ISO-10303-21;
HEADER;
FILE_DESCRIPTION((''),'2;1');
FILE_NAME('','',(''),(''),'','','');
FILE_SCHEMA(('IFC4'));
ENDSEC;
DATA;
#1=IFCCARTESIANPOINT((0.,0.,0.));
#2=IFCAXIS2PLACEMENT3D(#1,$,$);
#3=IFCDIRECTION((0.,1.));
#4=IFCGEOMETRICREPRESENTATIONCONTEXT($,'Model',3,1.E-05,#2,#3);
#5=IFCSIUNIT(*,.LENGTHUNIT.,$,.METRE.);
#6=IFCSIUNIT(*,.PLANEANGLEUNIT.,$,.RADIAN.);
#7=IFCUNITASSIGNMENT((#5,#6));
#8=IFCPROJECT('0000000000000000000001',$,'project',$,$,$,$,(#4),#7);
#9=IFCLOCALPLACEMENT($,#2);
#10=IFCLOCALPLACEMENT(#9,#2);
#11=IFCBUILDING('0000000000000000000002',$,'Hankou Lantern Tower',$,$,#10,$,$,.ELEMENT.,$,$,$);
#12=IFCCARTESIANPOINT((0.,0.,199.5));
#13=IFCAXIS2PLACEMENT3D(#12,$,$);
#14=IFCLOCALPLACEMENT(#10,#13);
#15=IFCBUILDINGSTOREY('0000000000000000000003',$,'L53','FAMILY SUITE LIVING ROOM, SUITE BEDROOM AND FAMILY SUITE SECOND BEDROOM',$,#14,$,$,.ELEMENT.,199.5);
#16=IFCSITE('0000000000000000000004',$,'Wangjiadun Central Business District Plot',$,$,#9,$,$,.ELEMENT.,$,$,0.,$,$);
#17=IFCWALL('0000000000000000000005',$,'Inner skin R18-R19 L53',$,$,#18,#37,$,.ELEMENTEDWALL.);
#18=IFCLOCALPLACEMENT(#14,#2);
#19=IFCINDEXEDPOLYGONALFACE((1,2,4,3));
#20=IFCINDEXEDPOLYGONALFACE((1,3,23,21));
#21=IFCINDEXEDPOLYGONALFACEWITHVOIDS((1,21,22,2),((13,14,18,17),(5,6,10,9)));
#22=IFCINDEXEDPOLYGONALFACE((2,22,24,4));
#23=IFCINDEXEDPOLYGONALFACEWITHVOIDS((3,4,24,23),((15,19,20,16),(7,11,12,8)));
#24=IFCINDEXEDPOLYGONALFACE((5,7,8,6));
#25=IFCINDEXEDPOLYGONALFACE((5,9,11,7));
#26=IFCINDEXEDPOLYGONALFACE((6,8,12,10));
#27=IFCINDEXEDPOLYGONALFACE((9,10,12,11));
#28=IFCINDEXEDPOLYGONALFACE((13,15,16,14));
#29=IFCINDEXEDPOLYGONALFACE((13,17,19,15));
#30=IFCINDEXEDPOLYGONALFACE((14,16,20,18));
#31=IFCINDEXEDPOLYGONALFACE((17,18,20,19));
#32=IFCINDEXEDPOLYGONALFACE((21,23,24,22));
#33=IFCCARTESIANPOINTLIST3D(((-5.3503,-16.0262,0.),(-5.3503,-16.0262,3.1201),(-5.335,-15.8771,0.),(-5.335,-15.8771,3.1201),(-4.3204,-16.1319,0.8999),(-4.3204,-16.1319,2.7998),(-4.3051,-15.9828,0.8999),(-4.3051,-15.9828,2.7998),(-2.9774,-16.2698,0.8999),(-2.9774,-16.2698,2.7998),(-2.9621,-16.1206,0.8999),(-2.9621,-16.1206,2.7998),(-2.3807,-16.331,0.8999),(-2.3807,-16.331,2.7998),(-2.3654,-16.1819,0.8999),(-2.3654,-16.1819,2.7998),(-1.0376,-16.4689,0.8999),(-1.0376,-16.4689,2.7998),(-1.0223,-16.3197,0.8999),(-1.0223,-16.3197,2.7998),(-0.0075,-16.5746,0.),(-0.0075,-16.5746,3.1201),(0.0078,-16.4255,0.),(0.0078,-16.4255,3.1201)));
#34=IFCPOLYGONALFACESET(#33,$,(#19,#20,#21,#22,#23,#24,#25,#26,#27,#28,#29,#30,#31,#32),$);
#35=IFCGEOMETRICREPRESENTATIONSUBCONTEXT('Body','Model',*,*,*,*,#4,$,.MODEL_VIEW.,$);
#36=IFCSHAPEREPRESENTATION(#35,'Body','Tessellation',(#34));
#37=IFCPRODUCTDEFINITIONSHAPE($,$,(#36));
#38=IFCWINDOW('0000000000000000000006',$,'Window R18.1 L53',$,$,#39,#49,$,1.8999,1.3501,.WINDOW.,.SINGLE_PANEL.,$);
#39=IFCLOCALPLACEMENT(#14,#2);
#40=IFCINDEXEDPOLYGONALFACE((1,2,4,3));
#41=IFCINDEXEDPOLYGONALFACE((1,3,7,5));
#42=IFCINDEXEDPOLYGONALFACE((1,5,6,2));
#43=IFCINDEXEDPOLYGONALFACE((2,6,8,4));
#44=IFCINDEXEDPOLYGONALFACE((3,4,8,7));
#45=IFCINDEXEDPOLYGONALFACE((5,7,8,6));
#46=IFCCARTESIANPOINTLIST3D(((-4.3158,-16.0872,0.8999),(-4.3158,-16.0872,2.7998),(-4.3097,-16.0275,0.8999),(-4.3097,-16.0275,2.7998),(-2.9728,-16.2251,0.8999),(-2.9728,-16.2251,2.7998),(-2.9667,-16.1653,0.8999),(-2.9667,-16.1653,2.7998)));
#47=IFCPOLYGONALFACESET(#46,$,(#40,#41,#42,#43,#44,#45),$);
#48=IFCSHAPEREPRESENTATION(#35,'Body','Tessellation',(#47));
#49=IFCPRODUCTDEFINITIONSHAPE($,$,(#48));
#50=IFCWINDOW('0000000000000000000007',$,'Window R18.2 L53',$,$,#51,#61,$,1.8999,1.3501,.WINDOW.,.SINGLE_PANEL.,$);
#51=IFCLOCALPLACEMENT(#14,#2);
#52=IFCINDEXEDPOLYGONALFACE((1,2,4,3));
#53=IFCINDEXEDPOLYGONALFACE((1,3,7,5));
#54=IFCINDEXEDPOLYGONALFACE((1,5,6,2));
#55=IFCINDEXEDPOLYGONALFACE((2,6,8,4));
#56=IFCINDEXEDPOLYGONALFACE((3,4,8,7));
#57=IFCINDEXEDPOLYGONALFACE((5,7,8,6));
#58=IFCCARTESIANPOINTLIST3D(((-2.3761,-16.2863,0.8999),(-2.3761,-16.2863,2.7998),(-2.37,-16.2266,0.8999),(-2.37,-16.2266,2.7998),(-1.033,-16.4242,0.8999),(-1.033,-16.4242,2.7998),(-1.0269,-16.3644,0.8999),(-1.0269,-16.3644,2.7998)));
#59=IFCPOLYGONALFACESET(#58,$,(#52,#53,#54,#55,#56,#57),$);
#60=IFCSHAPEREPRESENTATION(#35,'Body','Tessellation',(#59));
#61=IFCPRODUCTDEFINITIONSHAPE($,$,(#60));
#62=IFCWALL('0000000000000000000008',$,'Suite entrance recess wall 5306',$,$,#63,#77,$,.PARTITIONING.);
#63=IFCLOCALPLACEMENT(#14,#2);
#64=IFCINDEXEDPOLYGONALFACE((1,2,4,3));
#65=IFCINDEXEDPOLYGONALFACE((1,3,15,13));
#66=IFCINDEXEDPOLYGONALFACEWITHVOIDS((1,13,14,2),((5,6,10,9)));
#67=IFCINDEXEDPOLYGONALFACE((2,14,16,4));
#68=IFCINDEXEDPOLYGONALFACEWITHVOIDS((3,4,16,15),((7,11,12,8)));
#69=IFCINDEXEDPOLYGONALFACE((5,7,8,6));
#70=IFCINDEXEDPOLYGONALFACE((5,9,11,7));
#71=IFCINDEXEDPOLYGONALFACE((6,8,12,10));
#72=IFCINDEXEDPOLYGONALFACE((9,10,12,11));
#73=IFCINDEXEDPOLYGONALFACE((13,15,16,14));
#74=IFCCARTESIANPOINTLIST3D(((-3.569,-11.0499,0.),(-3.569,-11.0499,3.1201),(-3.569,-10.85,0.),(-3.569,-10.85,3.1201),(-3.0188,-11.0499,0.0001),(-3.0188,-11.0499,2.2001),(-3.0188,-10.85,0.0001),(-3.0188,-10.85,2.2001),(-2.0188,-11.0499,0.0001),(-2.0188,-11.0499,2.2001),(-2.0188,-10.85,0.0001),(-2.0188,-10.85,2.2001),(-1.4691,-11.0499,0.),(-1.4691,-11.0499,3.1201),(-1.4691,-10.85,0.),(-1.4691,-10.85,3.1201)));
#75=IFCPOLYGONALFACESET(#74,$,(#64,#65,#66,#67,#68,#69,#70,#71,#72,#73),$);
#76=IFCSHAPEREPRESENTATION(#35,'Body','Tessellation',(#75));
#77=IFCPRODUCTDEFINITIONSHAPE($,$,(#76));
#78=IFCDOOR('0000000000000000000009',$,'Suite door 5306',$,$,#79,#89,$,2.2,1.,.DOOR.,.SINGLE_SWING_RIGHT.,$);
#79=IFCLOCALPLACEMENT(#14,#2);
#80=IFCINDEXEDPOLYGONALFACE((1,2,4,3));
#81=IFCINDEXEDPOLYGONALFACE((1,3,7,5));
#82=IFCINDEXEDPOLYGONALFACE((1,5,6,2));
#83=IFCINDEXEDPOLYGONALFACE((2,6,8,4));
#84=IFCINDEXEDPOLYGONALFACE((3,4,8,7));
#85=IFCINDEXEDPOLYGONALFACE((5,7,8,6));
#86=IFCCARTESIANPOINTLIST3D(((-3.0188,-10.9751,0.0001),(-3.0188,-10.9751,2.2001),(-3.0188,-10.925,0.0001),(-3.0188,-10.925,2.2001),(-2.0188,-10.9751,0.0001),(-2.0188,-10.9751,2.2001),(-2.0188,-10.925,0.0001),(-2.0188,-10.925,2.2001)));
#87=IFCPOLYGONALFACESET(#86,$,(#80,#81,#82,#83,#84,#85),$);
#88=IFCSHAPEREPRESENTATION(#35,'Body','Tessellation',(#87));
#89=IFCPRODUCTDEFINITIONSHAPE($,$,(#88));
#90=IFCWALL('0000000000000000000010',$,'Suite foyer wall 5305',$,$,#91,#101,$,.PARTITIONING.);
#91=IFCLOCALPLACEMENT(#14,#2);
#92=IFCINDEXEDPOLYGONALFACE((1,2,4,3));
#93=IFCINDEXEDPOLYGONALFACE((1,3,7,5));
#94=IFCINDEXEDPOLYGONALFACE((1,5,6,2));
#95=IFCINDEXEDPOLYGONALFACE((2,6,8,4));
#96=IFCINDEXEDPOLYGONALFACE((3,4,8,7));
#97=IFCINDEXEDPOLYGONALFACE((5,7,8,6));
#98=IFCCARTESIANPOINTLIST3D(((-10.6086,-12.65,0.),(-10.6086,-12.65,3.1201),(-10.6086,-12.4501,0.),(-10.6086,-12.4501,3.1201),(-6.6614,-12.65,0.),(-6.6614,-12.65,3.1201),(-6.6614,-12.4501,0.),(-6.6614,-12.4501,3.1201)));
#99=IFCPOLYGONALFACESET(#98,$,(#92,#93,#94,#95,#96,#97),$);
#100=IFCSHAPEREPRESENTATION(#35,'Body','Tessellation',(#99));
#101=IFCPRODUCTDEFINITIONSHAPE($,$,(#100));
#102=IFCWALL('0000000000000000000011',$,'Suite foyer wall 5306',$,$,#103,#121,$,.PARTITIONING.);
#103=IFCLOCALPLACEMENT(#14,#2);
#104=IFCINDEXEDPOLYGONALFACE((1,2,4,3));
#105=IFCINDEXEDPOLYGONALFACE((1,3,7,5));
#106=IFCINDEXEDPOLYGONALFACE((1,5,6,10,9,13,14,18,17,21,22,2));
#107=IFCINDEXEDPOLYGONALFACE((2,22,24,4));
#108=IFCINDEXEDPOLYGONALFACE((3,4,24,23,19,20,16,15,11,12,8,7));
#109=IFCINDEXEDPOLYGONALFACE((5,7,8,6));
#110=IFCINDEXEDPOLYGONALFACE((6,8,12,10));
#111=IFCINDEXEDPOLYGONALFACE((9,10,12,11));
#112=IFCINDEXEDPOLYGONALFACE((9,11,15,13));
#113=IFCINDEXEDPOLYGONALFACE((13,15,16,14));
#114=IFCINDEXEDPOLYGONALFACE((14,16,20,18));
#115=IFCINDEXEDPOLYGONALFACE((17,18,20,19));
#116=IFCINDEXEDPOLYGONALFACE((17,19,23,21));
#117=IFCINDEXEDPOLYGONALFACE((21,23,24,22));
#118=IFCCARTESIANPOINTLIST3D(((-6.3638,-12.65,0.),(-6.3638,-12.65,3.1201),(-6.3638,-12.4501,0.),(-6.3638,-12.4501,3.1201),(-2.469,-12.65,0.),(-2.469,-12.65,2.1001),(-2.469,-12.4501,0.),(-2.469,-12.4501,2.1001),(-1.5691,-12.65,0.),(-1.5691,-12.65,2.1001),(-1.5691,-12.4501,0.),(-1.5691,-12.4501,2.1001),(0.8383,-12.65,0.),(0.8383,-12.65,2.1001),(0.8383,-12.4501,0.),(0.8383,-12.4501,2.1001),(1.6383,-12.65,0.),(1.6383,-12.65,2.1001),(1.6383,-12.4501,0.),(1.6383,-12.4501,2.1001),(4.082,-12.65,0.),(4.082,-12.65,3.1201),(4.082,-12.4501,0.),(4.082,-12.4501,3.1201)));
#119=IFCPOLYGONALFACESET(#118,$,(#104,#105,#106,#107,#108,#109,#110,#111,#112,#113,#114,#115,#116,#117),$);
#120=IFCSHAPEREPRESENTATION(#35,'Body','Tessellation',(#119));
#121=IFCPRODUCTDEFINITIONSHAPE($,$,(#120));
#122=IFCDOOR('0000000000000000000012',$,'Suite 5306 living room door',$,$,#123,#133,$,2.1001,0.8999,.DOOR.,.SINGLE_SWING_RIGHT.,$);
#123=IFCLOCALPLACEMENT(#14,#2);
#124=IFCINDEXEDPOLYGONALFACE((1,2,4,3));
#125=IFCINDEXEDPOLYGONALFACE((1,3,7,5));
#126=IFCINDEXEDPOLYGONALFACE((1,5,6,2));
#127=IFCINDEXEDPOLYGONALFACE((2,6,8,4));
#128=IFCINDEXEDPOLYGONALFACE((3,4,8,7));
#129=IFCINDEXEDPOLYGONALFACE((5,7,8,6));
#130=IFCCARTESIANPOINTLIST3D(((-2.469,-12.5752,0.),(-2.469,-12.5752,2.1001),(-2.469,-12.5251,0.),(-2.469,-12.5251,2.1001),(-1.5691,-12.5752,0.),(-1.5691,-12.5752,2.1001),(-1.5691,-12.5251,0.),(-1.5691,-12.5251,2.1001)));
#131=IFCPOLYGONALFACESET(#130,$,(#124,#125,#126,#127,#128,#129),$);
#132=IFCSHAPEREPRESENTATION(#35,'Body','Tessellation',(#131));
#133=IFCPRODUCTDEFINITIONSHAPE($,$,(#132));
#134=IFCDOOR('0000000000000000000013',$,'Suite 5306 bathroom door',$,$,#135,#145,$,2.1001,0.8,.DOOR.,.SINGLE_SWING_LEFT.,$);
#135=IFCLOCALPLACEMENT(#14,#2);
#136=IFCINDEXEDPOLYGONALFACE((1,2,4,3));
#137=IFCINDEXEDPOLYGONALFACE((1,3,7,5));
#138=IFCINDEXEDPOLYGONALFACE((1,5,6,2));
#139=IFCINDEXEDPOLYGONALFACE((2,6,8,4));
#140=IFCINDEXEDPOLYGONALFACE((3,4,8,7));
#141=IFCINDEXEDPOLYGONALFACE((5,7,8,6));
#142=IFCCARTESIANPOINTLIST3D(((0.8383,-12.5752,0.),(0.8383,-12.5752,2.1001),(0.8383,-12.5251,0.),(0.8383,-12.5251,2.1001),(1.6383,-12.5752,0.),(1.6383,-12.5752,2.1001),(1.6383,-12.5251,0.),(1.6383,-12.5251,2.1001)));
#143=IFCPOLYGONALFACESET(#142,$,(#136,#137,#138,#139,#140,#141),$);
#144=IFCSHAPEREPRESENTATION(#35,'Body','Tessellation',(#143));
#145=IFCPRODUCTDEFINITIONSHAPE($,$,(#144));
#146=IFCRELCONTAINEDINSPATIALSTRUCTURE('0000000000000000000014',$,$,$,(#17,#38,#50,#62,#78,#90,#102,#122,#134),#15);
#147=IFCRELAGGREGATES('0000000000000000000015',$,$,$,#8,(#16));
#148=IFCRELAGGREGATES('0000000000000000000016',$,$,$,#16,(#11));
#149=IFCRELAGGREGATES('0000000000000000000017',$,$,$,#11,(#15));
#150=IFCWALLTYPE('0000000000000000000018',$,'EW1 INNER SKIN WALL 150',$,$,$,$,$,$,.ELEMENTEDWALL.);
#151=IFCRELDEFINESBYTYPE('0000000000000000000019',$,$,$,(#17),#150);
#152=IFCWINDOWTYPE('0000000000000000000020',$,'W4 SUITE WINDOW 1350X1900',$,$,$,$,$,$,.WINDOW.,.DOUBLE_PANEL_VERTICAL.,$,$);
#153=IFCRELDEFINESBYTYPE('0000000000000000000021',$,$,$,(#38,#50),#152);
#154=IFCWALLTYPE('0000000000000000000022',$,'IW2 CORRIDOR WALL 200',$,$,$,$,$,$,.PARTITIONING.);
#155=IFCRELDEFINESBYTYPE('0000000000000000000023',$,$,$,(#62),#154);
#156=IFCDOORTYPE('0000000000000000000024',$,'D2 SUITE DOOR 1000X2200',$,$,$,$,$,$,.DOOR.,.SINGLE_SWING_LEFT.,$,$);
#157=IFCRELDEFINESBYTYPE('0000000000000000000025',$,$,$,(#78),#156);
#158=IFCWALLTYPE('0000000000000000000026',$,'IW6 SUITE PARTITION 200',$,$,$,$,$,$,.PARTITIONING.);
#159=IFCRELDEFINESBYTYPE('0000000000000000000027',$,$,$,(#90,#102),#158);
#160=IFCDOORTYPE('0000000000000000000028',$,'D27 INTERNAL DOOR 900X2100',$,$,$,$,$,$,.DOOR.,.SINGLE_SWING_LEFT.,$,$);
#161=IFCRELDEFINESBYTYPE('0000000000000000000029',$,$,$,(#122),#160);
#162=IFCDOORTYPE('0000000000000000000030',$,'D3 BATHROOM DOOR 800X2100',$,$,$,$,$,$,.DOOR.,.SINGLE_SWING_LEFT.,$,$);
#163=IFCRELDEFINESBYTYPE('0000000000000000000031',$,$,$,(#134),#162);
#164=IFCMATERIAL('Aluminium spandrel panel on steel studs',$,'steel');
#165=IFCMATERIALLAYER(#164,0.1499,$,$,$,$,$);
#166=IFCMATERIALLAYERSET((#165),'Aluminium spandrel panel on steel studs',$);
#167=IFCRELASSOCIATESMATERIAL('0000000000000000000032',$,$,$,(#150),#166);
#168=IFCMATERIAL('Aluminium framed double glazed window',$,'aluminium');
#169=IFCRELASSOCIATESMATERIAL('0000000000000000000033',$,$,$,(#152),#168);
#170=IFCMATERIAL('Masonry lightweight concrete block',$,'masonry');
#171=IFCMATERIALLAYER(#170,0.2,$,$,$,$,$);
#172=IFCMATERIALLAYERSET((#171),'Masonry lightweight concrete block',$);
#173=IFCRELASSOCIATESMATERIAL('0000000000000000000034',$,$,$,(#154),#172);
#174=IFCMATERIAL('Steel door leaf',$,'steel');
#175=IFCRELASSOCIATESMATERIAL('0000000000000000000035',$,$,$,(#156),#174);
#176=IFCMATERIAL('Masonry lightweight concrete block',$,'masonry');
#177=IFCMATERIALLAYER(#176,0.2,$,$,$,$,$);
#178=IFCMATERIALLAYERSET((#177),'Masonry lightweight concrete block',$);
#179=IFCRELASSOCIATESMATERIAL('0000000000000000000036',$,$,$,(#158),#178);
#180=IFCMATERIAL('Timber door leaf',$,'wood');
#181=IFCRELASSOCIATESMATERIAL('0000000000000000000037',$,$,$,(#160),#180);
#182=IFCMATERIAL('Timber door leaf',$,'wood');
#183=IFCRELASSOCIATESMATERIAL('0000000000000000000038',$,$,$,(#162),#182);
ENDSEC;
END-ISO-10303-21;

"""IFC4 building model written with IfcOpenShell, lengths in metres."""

from ifc_helpers import new_model, si_unit, direction, frame, frame_2d, origin, place, context, subcontext, project, spatial, rectangle, extrude, material, layer, layer_set, type_object, element, fill, save


model = new_model("IFC4")

# Units and contexts
model_context = context("Model", 3, precision=1e-05, world=origin(), true_north=direction((0.0, 1.0)))
body_context = subcontext(model_context, "Body", "Model", "MODEL_VIEW")
ifc_project = project(units=[si_unit("LENGTHUNIT", "METRE"), si_unit("PLANEANGLEUNIT", "RADIAN")], contexts=[model_context])

# Site, building, storey
site_placement = place(None, origin())
site = spatial("IfcSite", under=ifc_project, at=site_placement, Name="Wangjiadun Central Business District Plot", CompositionType="ELEMENT", RefElevation=0.0)
building_placement = place(site_placement, origin())
building = spatial("IfcBuilding", under=site, at=building_placement, Name="Hankou Lantern Tower", CompositionType="ELEMENT")
storey_placement = place(building_placement, frame((0.0, 0.0, 199.5)))
storey = spatial("IfcBuildingStorey", under=building, at=storey_placement, Name="L53", Description="FAMILY SUITE LIVING ROOM, SUITE BEDROOM AND FAMILY SUITE SECOND BEDROOM", CompositionType="ELEMENT", Elevation=199.5)

# Wall, openings, windows
ifc_material_1 = material(Name="Aluminium spandrel panel on steel studs", Category="steel")
ifc_layer_1 = layer(ifc_material_1, 0.1499)
ifc_layer_set_1 = layer_set([ifc_layer_1], Name="Aluminium spandrel panel on steel studs")
wall_type_1 = type_object("IfcWallType", Name="EW1 INNER SKIN WALL 150", PredefinedType="ELEMENTEDWALL", material=ifc_layer_set_1)
ifc_material_2 = material(Name="Aluminium framed double glazed window", Category="aluminium")
window_type = type_object("IfcWindowType", Name="W4 SUITE WINDOW 1350X1900", PartitioningType="DOUBLE_PANEL_VERTICAL", PredefinedType="WINDOW", material=ifc_material_2)
wall_1_placement = place(storey_placement, frame((-5.3428, -15.9517, 0.0), z_axis=(0.0, 0.0, 1.0), x_axis=(0.994775, -0.102096, 0.0)))
wall_1 = element("IfcWall", 1, at=wall_1_placement, inside=storey, type_object=wall_type_1, Name="Inner skin R18-R19 L53", PredefinedType="ELEMENTEDWALL", context=body_context, shape_type="SweptSolid", body=[
    extrude(rectangle(XDim=5.3708, YDim=0.1499, at=frame_2d((2.6855, 0.0))), origin(), (0.0, 0.0, 1.0), 3.1201),
])
opening_1_placement = place(wall_1_placement, frame((1.0354, 0.0, 0.8999)))
opening_1 = element("IfcOpeningElement", 2, at=opening_1_placement, cuts=wall_1, PredefinedType="OPENING", context=body_context, shape_type="SweptSolid", body=[
    extrude(rectangle(XDim=1.3501, YDim=1.8999, at=frame_2d((0.675, 0.95))), frame((0.0, 0.085, 0.0), z_axis=(0.0, -1.0, 0.0), x_axis=(1.0, 0.0, 0.0)), (0.0, 0.0, 1.0), 0.1699),
])
opening_2_placement = place(wall_1_placement, frame((2.9854, 0.0, 0.8999)))
opening_2 = element("IfcOpeningElement", 3, at=opening_2_placement, cuts=wall_1, PredefinedType="OPENING", context=body_context, shape_type="SweptSolid", body=[
    extrude(rectangle(XDim=1.3501, YDim=1.8999, at=frame_2d((0.675, 0.95))), frame((0.0, 0.085, 0.0), z_axis=(0.0, -1.0, 0.0), x_axis=(1.0, 0.0, 0.0)), (0.0, 0.0, 1.0), 0.1699),
])
window_1_placement = place(opening_1_placement, origin())
window_1 = element("IfcWindow", 4, at=window_1_placement, inside=storey, type_object=window_type, Name="Window R18.1 L53", OverallHeight=1.8999, OverallWidth=1.3501, PartitioningType="SINGLE_PANEL", PredefinedType="WINDOW", context=body_context, shape_type="SweptSolid", body=[
    extrude(rectangle(XDim=1.3501, YDim=1.8999, at=frame_2d((0.675, 0.95))), frame((0.0, 0.03, 0.0), z_axis=(0.0, -1.0, 0.0), x_axis=(1.0, 0.0, 0.0)), (0.0, 0.0, 1.0), 0.0601),
])
fill(opening_1, window_1)
window_2_placement = place(opening_2_placement, origin())
window_2 = element("IfcWindow", 5, at=window_2_placement, inside=storey, type_object=window_type, Name="Window R18.2 L53", OverallHeight=1.8999, OverallWidth=1.3501, PartitioningType="SINGLE_PANEL", PredefinedType="WINDOW", context=body_context, shape_type="SweptSolid", body=[
    extrude(rectangle(XDim=1.3501, YDim=1.8999, at=frame_2d((0.675, 0.95))), frame((0.0, 0.03, 0.0), z_axis=(0.0, -1.0, 0.0), x_axis=(1.0, 0.0, 0.0)), (0.0, 0.0, 1.0), 0.0601),
])
fill(opening_2, window_2)

# Wall, opening, door
ifc_material_3 = material(Name="Masonry lightweight concrete block", Category="masonry")
ifc_layer_2 = layer(ifc_material_3, 0.2)
ifc_layer_set_2 = layer_set([ifc_layer_2], Name="Masonry lightweight concrete block")
wall_type_2 = type_object("IfcWallType", Name="IW2 CORRIDOR WALL 200", PredefinedType="PARTITIONING", material=ifc_layer_set_2)
wall_2_placement = place(storey_placement, frame((-3.5688, -10.95, 0.0), z_axis=(0.0, 0.0, 1.0), x_axis=(1.0, 0.0, 0.0)))
wall_2 = element("IfcWall", 6, at=wall_2_placement, inside=storey, type_object=wall_type_2, Name="Suite entrance recess wall 5306", PredefinedType="PARTITIONING", context=body_context, shape_type="SweptSolid", body=[
    extrude(rectangle(XDim=2.0999, YDim=0.2, at=frame_2d((1.0498, 0.0))), origin(), (0.0, 0.0, 1.0), 3.1201),
])
opening_3_placement = place(wall_2_placement, frame((0.55, 0.0, 0.0)))
opening_3 = element("IfcOpeningElement", 7, at=opening_3_placement, cuts=wall_2, PredefinedType="OPENING", context=body_context, shape_type="SweptSolid", body=[
    extrude(rectangle(XDim=1.0, YDim=2.2, at=frame_2d((0.5, 1.1001))), frame((0.0, 0.1099, 0.0), z_axis=(0.0, -1.0, 0.0), x_axis=(1.0, 0.0, 0.0)), (0.0, 0.0, 1.0), 0.22),
])
ifc_material_4 = material(Name="Steel door leaf", Category="steel")
door_type_1 = type_object("IfcDoorType", Name="D2 SUITE DOOR 1000X2200", OperationType="SINGLE_SWING_LEFT", PredefinedType="DOOR", material=ifc_material_4)
door_1_placement = place(opening_3_placement, origin())
door_1 = element("IfcDoor", 8, at=door_1_placement, inside=storey, type_object=door_type_1, Name="Suite door 5306", OperationType="SINGLE_SWING_RIGHT", OverallHeight=2.2, OverallWidth=1.0, PredefinedType="DOOR", context=body_context, shape_type="SweptSolid", body=[
    extrude(rectangle(XDim=1.0, YDim=2.2, at=frame_2d((0.5, 1.1001))), frame((0.0, 0.0249, 0.0), z_axis=(0.0, -1.0, 0.0), x_axis=(1.0, 0.0, 0.0)), (0.0, 0.0, 1.0), 0.05),
])
fill(opening_3, door_1)

# Wall
ifc_material_5 = material(Name="Masonry lightweight concrete block", Category="masonry")
ifc_layer_3 = layer(ifc_material_5, 0.2)
ifc_layer_set_3 = layer_set([ifc_layer_3], Name="Masonry lightweight concrete block")
wall_type_3 = type_object("IfcWallType", Name="IW6 SUITE PARTITION 200", PredefinedType="PARTITIONING", material=ifc_layer_set_3)
wall_3_placement = place(storey_placement, frame((-10.6086, -12.55, 0.0), z_axis=(0.0, 0.0, 1.0), x_axis=(1.0, 0.0, 0.0)))
element("IfcWall", 9, at=wall_3_placement, inside=storey, type_object=wall_type_3, Name="Suite foyer wall 5305", PredefinedType="PARTITIONING", context=body_context, shape_type="SweptSolid", body=[
    extrude(rectangle(XDim=3.9473, YDim=0.2, at=frame_2d((1.9736, 0.0))), origin(), (0.0, 0.0, 1.0), 3.1201),
])

# Wall, openings, doors
wall_4_placement = place(storey_placement, frame((-6.3638, -12.55, 0.0), z_axis=(0.0, 0.0, 1.0), x_axis=(1.0, 0.0, 0.0)))
wall_4 = element("IfcWall", 10, at=wall_4_placement, inside=storey, type_object=wall_type_3, Name="Suite foyer wall 5306", PredefinedType="PARTITIONING", context=body_context, shape_type="SweptSolid", body=[
    extrude(rectangle(XDim=10.4458, YDim=0.2, at=frame_2d((5.2229, 0.0))), origin(), (0.0, 0.0, 1.0), 3.1201),
])
opening_4_placement = place(wall_4_placement, frame((7.2021, 0.0, 0.0)))
opening_4 = element("IfcOpeningElement", 11, at=opening_4_placement, cuts=wall_4, PredefinedType="OPENING", context=body_context, shape_type="SweptSolid", body=[
    extrude(rectangle(XDim=0.8, YDim=2.1001, at=frame_2d((0.3999, 1.05))), frame((0.0, 0.1099, 0.0), z_axis=(0.0, -1.0, 0.0), x_axis=(1.0, 0.0, 0.0)), (0.0, 0.0, 1.0), 0.22),
])
opening_5_placement = place(wall_4_placement, frame((3.8948, 0.0, 0.0)))
opening_5 = element("IfcOpeningElement", 12, at=opening_5_placement, cuts=wall_4, PredefinedType="OPENING", context=body_context, shape_type="SweptSolid", body=[
    extrude(rectangle(XDim=0.8999, YDim=2.1001, at=frame_2d((0.45, 1.05))), frame((0.0, 0.1099, 0.0), z_axis=(0.0, -1.0, 0.0), x_axis=(1.0, 0.0, 0.0)), (0.0, 0.0, 1.0), 0.22),
])
ifc_material_6 = material(Name="Timber door leaf", Category="wood")
door_type_2 = type_object("IfcDoorType", Name="D27 INTERNAL DOOR 900X2100", OperationType="SINGLE_SWING_LEFT", PredefinedType="DOOR", material=ifc_material_6)
door_2_placement = place(opening_5_placement, origin())
door_2 = element("IfcDoor", 13, at=door_2_placement, inside=storey, type_object=door_type_2, Name="Suite 5306 living room door", OperationType="SINGLE_SWING_RIGHT", OverallHeight=2.1001, OverallWidth=0.8999, PredefinedType="DOOR", context=body_context, shape_type="SweptSolid", body=[
    extrude(rectangle(XDim=0.8999, YDim=2.1001, at=frame_2d((0.45, 1.05))), frame((0.0, 0.0249, 0.0), z_axis=(0.0, -1.0, 0.0), x_axis=(1.0, 0.0, 0.0)), (0.0, 0.0, 1.0), 0.05),
])
fill(opening_5, door_2)
ifc_material_7 = material(Name="Timber door leaf", Category="wood")
door_type_3 = type_object("IfcDoorType", Name="D3 BATHROOM DOOR 800X2100", OperationType="SINGLE_SWING_LEFT", PredefinedType="DOOR", material=ifc_material_7)
door_3_placement = place(opening_4_placement, origin())
door_3 = element("IfcDoor", 14, at=door_3_placement, inside=storey, type_object=door_type_3, Name="Suite 5306 bathroom door", OperationType="SINGLE_SWING_LEFT", OverallHeight=2.1001, OverallWidth=0.8, PredefinedType="DOOR", context=body_context, shape_type="SweptSolid", body=[
    extrude(rectangle(XDim=0.8, YDim=2.1001, at=frame_2d((0.3999, 1.05))), frame((0.0, 0.0249, 0.0), z_axis=(0.0, -1.0, 0.0), x_axis=(1.0, 0.0, 0.0)), (0.0, 0.0, 1.0), 0.05),
])
fill(opening_4, door_3)

save(model, "model.ifc")
